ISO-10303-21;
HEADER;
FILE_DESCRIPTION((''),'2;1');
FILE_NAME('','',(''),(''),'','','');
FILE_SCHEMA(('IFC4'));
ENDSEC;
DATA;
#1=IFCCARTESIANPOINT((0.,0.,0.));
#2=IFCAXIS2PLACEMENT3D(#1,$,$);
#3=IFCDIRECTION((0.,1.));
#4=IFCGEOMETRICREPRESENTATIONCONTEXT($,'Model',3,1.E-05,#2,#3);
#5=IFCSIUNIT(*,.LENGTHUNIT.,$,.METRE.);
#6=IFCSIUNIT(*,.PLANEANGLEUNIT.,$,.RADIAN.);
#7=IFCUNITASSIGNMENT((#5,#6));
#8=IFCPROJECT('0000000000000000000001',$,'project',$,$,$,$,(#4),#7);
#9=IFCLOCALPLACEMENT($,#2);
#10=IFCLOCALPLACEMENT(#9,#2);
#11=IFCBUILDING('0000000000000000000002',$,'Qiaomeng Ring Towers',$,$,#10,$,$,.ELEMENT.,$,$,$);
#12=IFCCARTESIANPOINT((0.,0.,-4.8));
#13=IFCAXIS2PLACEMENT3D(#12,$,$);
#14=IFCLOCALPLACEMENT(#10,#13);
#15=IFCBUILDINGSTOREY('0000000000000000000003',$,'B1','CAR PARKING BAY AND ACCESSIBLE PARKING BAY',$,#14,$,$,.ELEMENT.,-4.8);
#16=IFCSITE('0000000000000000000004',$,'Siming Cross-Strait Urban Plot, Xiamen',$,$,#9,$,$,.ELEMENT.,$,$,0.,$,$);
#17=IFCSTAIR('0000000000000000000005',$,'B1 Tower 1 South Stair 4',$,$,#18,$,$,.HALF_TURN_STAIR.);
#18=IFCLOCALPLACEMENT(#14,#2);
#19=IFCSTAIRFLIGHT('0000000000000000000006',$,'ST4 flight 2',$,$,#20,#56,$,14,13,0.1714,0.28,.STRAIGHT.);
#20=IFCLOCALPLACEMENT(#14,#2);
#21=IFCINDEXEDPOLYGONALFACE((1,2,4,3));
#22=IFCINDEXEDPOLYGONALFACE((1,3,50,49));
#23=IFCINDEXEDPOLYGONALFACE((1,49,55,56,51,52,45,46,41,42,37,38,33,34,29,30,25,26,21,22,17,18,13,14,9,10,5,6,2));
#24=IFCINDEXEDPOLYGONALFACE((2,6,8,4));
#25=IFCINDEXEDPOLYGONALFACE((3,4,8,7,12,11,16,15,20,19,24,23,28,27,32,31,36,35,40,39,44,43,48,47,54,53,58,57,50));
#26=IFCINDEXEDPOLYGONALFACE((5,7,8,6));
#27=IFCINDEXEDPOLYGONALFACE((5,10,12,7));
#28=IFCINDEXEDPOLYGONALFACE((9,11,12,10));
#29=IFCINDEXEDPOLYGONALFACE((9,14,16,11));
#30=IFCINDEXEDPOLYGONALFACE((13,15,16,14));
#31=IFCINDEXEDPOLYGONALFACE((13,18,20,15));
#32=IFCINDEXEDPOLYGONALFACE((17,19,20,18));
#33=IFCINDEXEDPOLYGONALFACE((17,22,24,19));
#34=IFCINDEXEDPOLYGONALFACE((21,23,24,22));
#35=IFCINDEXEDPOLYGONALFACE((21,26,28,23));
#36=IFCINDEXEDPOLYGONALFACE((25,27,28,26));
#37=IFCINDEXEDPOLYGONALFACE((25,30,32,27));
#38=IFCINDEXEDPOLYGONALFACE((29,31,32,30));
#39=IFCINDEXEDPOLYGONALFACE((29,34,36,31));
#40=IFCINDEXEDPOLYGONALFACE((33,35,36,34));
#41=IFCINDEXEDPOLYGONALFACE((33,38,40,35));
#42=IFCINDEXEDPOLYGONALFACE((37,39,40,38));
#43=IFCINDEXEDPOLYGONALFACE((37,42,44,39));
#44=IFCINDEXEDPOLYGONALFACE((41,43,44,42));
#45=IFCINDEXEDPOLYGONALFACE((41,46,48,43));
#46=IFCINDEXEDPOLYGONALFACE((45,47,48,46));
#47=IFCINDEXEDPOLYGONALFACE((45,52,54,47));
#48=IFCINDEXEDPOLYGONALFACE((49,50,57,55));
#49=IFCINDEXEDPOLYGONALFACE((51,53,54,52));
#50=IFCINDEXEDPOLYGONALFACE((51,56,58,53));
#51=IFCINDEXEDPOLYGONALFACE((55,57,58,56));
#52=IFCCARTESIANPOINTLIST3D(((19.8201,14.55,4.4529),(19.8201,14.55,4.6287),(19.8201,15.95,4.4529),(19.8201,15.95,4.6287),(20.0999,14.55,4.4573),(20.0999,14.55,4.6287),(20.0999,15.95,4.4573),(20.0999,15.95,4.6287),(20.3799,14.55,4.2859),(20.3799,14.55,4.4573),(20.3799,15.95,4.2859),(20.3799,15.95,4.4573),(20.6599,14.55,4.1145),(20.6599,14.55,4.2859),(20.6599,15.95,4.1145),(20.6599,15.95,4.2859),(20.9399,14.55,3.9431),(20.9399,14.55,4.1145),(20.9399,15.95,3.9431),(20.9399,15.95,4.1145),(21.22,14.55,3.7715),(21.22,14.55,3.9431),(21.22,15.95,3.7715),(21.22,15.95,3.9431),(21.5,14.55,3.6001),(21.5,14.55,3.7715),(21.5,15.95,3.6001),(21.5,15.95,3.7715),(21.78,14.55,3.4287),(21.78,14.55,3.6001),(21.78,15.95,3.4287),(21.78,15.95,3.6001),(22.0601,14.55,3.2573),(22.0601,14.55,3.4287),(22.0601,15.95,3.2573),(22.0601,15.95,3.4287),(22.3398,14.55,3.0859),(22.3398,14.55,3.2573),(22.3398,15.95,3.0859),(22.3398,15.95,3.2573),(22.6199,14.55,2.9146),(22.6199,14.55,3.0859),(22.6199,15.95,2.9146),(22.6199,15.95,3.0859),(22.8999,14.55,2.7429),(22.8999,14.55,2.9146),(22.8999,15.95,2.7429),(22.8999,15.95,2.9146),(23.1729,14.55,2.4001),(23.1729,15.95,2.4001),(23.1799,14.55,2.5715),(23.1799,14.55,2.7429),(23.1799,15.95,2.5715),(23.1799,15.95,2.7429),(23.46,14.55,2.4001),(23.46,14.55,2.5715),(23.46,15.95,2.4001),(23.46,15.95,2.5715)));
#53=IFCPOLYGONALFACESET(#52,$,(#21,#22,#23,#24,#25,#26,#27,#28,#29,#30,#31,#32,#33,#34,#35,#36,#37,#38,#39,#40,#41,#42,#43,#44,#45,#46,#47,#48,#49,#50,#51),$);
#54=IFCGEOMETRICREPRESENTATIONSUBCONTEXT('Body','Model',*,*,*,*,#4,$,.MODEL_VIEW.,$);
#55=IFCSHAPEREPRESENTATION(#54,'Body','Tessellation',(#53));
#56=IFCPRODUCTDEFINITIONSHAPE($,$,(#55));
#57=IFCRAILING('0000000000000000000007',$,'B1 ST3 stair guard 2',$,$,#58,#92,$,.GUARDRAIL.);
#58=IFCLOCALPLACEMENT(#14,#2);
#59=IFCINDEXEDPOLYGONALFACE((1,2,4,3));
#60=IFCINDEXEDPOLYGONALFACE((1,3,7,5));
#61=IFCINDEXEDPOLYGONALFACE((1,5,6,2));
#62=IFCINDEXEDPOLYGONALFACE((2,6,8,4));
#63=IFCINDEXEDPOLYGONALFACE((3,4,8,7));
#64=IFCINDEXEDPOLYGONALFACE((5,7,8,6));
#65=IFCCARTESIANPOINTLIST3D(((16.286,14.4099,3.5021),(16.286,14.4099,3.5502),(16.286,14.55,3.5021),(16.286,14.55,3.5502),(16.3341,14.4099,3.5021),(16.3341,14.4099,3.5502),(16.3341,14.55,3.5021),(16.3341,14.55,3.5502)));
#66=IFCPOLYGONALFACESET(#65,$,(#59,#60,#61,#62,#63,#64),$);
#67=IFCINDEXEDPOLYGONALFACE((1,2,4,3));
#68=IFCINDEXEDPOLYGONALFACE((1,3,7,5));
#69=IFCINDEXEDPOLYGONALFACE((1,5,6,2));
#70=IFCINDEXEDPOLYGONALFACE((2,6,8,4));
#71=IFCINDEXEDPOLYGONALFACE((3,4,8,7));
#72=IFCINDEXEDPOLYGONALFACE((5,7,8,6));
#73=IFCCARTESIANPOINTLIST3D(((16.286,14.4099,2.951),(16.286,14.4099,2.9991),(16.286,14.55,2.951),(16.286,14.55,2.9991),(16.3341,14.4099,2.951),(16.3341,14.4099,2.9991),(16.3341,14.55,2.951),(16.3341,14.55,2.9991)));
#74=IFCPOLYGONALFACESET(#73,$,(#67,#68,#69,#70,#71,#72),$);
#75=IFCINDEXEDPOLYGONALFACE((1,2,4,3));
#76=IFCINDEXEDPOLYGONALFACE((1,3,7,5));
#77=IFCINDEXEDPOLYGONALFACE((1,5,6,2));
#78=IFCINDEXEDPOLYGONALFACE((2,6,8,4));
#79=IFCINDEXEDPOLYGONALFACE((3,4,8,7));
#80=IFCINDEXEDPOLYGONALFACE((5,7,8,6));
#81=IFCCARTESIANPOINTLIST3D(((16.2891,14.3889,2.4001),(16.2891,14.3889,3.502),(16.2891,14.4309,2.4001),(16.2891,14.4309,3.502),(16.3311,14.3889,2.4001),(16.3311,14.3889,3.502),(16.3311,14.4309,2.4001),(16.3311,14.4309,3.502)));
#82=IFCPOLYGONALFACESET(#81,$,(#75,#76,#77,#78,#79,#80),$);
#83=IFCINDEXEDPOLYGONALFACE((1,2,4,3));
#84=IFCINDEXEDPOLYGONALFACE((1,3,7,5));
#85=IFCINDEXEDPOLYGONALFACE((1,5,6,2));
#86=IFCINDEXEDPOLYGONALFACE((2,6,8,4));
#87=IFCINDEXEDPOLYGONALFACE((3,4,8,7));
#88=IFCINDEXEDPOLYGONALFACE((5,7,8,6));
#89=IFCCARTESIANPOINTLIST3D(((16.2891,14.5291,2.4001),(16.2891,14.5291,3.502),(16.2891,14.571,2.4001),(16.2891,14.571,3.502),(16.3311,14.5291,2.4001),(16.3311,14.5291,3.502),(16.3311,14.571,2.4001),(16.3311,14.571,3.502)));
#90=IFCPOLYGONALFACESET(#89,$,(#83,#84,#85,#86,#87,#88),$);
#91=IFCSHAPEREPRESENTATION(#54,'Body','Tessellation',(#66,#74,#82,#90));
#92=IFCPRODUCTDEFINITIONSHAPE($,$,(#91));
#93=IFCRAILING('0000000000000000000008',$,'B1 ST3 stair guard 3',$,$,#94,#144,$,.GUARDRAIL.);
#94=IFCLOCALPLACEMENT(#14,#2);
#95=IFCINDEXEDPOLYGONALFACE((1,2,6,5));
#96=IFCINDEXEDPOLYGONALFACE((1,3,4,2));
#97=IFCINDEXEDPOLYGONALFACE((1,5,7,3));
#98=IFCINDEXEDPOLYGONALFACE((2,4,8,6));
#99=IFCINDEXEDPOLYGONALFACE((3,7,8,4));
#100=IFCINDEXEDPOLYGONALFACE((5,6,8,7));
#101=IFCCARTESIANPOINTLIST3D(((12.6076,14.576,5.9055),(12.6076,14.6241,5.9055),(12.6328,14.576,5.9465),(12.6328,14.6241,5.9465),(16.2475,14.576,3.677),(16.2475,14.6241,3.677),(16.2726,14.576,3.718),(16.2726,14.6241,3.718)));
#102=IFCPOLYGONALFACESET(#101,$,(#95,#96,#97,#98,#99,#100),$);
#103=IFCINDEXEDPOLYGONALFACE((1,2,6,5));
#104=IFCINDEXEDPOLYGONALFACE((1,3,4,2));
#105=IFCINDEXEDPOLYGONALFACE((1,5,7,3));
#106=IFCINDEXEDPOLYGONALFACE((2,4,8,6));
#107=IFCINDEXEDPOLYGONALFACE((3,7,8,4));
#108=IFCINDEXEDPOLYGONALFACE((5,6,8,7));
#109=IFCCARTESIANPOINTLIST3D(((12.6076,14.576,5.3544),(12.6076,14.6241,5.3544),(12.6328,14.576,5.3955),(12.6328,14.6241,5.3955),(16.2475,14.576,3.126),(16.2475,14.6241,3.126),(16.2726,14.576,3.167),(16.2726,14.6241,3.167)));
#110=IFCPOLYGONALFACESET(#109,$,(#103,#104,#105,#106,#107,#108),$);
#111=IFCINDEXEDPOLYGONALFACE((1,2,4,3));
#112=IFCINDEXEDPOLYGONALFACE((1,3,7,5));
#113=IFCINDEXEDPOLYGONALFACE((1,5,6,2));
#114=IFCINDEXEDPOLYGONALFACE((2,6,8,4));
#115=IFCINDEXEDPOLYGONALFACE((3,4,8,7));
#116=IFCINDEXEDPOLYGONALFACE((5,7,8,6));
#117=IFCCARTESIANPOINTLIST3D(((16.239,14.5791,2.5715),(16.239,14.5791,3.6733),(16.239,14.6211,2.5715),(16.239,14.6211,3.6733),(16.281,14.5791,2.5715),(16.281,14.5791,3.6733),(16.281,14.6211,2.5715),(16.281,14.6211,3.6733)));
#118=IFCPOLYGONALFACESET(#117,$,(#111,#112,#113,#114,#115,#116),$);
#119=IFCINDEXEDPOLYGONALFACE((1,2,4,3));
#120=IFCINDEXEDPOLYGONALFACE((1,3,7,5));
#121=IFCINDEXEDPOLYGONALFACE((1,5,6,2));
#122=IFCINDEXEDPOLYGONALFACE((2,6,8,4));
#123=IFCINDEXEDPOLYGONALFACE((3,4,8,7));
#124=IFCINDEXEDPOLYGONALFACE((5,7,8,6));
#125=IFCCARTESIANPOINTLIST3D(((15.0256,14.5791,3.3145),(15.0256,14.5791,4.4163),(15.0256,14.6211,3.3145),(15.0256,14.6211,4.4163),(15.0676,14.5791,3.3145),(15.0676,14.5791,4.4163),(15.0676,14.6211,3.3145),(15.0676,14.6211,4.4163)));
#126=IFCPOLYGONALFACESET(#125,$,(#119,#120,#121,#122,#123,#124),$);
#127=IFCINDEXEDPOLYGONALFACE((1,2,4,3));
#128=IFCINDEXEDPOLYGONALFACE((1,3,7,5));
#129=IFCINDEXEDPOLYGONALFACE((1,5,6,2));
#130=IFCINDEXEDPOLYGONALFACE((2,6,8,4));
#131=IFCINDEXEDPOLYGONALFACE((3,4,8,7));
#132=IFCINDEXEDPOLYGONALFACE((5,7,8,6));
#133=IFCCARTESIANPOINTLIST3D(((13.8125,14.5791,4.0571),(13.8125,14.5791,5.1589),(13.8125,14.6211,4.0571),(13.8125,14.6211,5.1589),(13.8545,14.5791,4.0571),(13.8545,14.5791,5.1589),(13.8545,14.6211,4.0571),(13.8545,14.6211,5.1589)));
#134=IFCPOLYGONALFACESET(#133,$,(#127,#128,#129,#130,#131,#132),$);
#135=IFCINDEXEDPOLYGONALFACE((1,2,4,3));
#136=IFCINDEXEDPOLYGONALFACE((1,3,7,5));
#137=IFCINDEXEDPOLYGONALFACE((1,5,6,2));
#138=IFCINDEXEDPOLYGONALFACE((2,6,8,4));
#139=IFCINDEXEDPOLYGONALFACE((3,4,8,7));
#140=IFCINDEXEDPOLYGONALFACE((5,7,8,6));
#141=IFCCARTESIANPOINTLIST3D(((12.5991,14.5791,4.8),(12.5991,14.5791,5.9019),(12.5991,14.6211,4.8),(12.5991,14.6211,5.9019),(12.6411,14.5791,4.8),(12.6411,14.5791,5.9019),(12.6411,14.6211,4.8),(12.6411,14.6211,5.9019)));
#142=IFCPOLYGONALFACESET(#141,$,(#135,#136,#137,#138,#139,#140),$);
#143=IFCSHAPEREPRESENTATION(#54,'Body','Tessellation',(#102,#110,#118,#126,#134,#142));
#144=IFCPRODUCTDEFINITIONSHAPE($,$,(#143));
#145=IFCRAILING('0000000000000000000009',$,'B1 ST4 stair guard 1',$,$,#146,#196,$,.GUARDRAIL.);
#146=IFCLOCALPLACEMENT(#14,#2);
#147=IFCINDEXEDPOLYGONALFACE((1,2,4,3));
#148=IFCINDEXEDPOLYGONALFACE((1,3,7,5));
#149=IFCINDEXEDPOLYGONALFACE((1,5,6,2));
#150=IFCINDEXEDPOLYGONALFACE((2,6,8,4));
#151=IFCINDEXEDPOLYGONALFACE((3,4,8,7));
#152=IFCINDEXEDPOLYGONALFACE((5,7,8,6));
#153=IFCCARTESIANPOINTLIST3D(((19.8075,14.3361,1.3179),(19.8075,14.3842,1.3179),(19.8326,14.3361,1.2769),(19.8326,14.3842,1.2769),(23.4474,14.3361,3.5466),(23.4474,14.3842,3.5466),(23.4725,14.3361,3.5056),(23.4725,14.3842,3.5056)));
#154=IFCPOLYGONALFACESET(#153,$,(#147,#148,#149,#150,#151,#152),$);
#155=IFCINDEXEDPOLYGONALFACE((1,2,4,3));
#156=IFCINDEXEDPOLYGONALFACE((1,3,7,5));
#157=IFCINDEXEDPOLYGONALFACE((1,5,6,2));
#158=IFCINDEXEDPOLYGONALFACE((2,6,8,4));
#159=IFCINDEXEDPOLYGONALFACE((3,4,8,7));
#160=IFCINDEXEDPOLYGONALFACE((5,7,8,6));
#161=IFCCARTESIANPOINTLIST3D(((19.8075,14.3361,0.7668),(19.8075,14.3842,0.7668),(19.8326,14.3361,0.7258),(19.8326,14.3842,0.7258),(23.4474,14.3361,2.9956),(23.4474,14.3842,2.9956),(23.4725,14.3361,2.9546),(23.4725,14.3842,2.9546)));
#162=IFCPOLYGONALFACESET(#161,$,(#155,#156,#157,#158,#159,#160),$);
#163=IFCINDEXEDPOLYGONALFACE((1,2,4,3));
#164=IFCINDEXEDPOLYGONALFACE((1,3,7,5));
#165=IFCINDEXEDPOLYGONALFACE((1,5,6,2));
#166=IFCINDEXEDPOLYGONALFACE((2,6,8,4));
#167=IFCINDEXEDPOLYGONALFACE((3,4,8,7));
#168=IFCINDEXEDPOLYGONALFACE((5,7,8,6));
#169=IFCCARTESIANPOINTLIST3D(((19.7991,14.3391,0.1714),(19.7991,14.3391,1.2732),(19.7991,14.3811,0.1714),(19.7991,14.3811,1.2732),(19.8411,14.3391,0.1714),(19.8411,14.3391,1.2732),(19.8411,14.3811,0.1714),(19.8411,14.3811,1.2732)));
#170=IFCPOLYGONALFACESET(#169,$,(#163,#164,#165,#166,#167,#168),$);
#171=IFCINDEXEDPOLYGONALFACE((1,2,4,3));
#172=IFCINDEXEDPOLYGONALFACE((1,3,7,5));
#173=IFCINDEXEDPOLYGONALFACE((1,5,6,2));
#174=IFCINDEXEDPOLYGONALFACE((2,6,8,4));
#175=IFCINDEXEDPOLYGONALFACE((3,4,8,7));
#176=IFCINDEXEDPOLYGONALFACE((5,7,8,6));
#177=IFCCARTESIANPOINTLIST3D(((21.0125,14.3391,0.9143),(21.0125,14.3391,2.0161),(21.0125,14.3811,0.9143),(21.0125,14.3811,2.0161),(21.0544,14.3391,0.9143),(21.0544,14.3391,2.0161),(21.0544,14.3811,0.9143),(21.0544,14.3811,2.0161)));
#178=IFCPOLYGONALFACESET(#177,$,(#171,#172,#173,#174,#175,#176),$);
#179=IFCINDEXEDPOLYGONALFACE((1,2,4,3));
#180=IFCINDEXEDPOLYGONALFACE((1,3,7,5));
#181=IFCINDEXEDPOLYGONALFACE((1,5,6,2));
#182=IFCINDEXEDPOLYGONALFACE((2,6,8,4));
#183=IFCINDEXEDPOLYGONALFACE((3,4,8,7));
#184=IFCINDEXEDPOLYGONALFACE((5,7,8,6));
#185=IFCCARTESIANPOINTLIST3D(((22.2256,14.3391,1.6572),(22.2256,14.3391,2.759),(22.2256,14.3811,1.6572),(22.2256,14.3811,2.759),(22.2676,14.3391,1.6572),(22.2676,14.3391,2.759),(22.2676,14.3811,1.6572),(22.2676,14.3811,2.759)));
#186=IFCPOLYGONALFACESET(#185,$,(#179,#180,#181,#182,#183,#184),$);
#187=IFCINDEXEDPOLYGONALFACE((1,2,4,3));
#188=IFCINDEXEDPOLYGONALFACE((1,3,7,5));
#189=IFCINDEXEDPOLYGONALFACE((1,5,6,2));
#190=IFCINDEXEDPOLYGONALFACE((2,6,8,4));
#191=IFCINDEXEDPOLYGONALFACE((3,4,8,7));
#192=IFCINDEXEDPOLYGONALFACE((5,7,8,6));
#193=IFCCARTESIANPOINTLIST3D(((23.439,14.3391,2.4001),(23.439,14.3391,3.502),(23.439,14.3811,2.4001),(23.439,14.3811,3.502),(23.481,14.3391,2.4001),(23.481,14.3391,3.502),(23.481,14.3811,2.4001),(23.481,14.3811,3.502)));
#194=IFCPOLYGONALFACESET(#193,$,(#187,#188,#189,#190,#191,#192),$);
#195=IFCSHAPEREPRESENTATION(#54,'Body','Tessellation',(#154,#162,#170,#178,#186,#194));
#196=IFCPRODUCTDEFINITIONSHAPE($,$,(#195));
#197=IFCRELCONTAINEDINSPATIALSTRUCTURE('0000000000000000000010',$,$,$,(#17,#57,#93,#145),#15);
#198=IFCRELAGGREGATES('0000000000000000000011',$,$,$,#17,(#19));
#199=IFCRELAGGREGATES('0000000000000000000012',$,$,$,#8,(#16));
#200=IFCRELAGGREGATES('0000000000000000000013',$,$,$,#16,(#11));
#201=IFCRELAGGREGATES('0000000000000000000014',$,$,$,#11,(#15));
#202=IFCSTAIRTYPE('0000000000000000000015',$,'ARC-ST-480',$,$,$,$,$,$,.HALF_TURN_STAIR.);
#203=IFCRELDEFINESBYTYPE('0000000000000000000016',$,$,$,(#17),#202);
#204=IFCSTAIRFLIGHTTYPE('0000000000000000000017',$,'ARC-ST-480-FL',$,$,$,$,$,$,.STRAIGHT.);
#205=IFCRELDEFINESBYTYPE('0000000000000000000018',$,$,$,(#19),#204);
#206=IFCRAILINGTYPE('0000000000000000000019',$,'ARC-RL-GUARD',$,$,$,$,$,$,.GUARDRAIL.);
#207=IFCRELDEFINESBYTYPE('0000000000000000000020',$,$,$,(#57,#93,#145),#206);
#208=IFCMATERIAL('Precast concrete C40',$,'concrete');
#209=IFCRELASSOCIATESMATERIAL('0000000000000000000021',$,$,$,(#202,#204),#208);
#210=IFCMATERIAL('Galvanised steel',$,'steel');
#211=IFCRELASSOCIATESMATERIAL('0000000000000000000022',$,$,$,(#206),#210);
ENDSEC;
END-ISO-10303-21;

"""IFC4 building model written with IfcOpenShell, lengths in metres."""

from ifc_helpers import new_model, si_unit, direction, frame, origin, origin_2d, place, context, subcontext, project, spatial, polyline, rectangle, outline, extrude, source, transform, mapped, material, type_object, element, aggregate, save


model = new_model("IFC4")

# Units and contexts
model_context = context("Model", 3, precision=1e-05, world=origin(), true_north=direction((0.0, 1.0)))
body_context = subcontext(model_context, "Body", "Model", "MODEL_VIEW")
ifc_project = project(units=[si_unit("LENGTHUNIT", "METRE"), si_unit("PLANEANGLEUNIT", "RADIAN")], contexts=[model_context])

# Site, building, storey
site_placement = place(None, origin())
site = spatial("IfcSite", under=ifc_project, at=site_placement, Name="Siming Cross-Strait Urban Plot, Xiamen", CompositionType="ELEMENT", RefElevation=0.0)
building_placement = place(site_placement, origin())
building = spatial("IfcBuilding", under=site, at=building_placement, Name="Qiaomeng Ring Towers", CompositionType="ELEMENT")
storey_placement = place(building_placement, frame((0.0, 0.0, -4.8)))
storey = spatial("IfcBuildingStorey", under=building, at=storey_placement, Name="B1", Description="CAR PARKING BAY AND ACCESSIBLE PARKING BAY", CompositionType="ELEMENT", Elevation=-4.8)

# Shared definitions
ifc_material_1 = material(Name="Galvanised steel", Category="steel")

# Shared definitions
ifc_material_2 = material(Name="Precast concrete C40", Category="concrete")
stair_type = type_object("IfcStairType", Name="ARC-ST-480", PredefinedType="HALF_TURN_STAIR", material=ifc_material_2)
stair_flight_type = type_object("IfcStairFlightType", Name="ARC-ST-480-FL", PredefinedType="STRAIGHT", material=ifc_material_2)
shared_shape_1 = source(origin(), body_context, "Body", "SweptSolid", [
    extrude(outline(polyline([(0.0, 0.0), (0.0, 0.1714), (0.28, 0.1714), (0.28, 0.3428), (0.5601, 0.3428), (0.5601, 0.5144), (0.8401, 0.5144), (0.8401, 0.6858), (1.1201, 0.6858), (1.1201, 0.8572), (1.3999, 0.8572), (1.3999, 1.0286), (1.6799, 1.0286), (1.6799, 1.2), (1.96, 1.2), (1.96, 1.3713), (2.24, 1.3713), (2.24, 1.543), (2.52, 1.543), (2.52, 1.7144), (2.8, 1.7144), (2.8, 1.8857), (3.0801, 1.8857), (3.0801, 2.0571), (3.3601, 2.0571), (3.3601, 2.2285), (3.6399, 2.2285), (3.6399, 2.3999), (3.6399, 2.0527), (0.2871, 0.0), (0.0, 0.0)])), frame((0.0, 0.7, 0.0), z_axis=(0.0, -1.0, 0.0), x_axis=(1.0, 0.0, 0.0)), (0.0, 0.0, 1.0), 1.3999),
])

# Stair, stair flight
stair_1_placement = place(storey_placement, origin())
stair_1 = element("IfcStair", 1, at=stair_1_placement, inside=storey, type_object=stair_type, Name="B1 Tower 1 South Stair 4", PredefinedType="HALF_TURN_STAIR")
stair_flight_1_placement = place(storey_placement, frame((23.46, 15.25, 2.4001), z_axis=(0.0, 0.0, 1.0), x_axis=(-1.0, 0.0, 0.0)))
stair_flight_1 = element("IfcStairFlight", 2, at=stair_flight_1_placement, type_object=stair_flight_type, Name="ST4 flight 2", NumberOfRisers=14, NumberOfTreads=13, PredefinedType="STRAIGHT", RiserHeight=0.1714, TreadLength=0.28, context=body_context, shape_type="MappedRepresentation", body=[
    mapped(shared_shape_1, transform((0.0, 0.0, 0.0), x_axis=(1.0, 0.0, 0.0), y_axis=(0.0, 1.0, 0.0), z_axis=(0.0, 0.0, 1.0), scale=1.0)),
])
aggregate(stair_1, [stair_flight_1])

# Railings
railing_type_1 = type_object("IfcRailingType", Name="ARC-RL-GUARD", PredefinedType="GUARDRAIL", material=ifc_material_1)
railing_1_placement = place(storey_placement, frame((16.3101, 14.4099, 2.4001)))
element("IfcRailing", 3, at=railing_1_placement, inside=storey, type_object=railing_type_1, Name="B1 ST3 stair guard 2", PredefinedType="GUARDRAIL", context=body_context, shape_type="SweptSolid", body=[
    extrude(rectangle(XDim=0.0481, YDim=0.0481, at=origin_2d()), frame((0.0, 0.0, 1.126), z_axis=(0.0, 1.0, 0.0), x_axis=(-1.0, 0.0, 0.0)), (0.0, 0.0, 1.0), 0.1401),
    extrude(rectangle(XDim=0.0481, YDim=0.0481, at=origin_2d()), frame((0.0, 0.0, 0.575), z_axis=(0.0, 1.0, 0.0), x_axis=(-1.0, 0.0, 0.0)), (0.0, 0.0, 1.0), 0.1401),
    extrude(rectangle(XDim=0.042, YDim=0.042, at=origin_2d()), origin(), (0.0, 0.0, 1.0), 1.1018),
    extrude(rectangle(XDim=0.042, YDim=0.042, at=origin_2d()), frame((0.0, 0.1401, 0.0)), (0.0, 0.0, 1.0), 1.1018),
])
railing_2_placement = place(storey_placement, frame((16.26, 14.6001, 2.5715)))
element("IfcRailing", 4, at=railing_2_placement, inside=storey, type_object=railing_type_1, Name="B1 ST3 stair guard 3", PredefinedType="GUARDRAIL", context=body_context, shape_type="SweptSolid", body=[
    extrude(rectangle(XDim=0.0481, YDim=0.0481, at=origin_2d()), frame((0.0, 0.0, 1.126), z_axis=(-0.85285, 0.0, 0.522156), x_axis=(0.0, -1.0, 0.0)), (0.0, 0.0, 1.0), 4.2678),
    extrude(rectangle(XDim=0.0481, YDim=0.0481, at=origin_2d()), frame((0.0, 0.0, 0.575), z_axis=(-0.85285, 0.0, 0.522156), x_axis=(0.0, -1.0, 0.0)), (0.0, 0.0, 1.0), 4.2678),
    extrude(rectangle(XDim=0.042, YDim=0.042, at=origin_2d()), origin(), (0.0, 0.0, 1.0), 1.1018),
    extrude(rectangle(XDim=0.042, YDim=0.042, at=origin_2d()), frame((-1.2134, 0.0, 0.7429)), (0.0, 0.0, 1.0), 1.1018),
    extrude(rectangle(XDim=0.042, YDim=0.042, at=origin_2d()), frame((-2.4265, 0.0, 1.4856)), (0.0, 0.0, 1.0), 1.1018),
    extrude(rectangle(XDim=0.042, YDim=0.042, at=origin_2d()), frame((-3.6399, 0.0, 2.2285)), (0.0, 0.0, 1.0), 1.1018),
])
railing_3_placement = place(storey_placement, frame((19.8201, 14.3601, 0.1714)))
element("IfcRailing", 5, at=railing_3_placement, inside=storey, type_object=railing_type_1, Name="B1 ST4 stair guard 1", PredefinedType="GUARDRAIL", context=body_context, shape_type="SweptSolid", body=[
    extrude(rectangle(XDim=0.0481, YDim=0.0481, at=origin_2d()), frame((0.0, 0.0, 1.126), z_axis=(0.852825, 0.0, 0.522197), x_axis=(0.0, 1.0, 0.0)), (0.0, 0.0, 1.0), 4.2681),
    extrude(rectangle(XDim=0.0481, YDim=0.0481, at=origin_2d()), frame((0.0, 0.0, 0.575), z_axis=(0.852825, 0.0, 0.522197), x_axis=(0.0, 1.0, 0.0)), (0.0, 0.0, 1.0), 4.2681),
    extrude(rectangle(XDim=0.042, YDim=0.042, at=origin_2d()), origin(), (0.0, 0.0, 1.0), 1.1018),
    extrude(rectangle(XDim=0.042, YDim=0.042, at=origin_2d()), frame((1.2134, 0.0, 0.7429)), (0.0, 0.0, 1.0), 1.1018),
    extrude(rectangle(XDim=0.042, YDim=0.042, at=origin_2d()), frame((2.4265, 0.0, 1.4858)), (0.0, 0.0, 1.0), 1.1018),
    extrude(rectangle(XDim=0.042, YDim=0.042, at=origin_2d()), frame((3.6399, 0.0, 2.2288)), (0.0, 0.0, 1.0), 1.1018),
])

save(model, "model.ifc")
